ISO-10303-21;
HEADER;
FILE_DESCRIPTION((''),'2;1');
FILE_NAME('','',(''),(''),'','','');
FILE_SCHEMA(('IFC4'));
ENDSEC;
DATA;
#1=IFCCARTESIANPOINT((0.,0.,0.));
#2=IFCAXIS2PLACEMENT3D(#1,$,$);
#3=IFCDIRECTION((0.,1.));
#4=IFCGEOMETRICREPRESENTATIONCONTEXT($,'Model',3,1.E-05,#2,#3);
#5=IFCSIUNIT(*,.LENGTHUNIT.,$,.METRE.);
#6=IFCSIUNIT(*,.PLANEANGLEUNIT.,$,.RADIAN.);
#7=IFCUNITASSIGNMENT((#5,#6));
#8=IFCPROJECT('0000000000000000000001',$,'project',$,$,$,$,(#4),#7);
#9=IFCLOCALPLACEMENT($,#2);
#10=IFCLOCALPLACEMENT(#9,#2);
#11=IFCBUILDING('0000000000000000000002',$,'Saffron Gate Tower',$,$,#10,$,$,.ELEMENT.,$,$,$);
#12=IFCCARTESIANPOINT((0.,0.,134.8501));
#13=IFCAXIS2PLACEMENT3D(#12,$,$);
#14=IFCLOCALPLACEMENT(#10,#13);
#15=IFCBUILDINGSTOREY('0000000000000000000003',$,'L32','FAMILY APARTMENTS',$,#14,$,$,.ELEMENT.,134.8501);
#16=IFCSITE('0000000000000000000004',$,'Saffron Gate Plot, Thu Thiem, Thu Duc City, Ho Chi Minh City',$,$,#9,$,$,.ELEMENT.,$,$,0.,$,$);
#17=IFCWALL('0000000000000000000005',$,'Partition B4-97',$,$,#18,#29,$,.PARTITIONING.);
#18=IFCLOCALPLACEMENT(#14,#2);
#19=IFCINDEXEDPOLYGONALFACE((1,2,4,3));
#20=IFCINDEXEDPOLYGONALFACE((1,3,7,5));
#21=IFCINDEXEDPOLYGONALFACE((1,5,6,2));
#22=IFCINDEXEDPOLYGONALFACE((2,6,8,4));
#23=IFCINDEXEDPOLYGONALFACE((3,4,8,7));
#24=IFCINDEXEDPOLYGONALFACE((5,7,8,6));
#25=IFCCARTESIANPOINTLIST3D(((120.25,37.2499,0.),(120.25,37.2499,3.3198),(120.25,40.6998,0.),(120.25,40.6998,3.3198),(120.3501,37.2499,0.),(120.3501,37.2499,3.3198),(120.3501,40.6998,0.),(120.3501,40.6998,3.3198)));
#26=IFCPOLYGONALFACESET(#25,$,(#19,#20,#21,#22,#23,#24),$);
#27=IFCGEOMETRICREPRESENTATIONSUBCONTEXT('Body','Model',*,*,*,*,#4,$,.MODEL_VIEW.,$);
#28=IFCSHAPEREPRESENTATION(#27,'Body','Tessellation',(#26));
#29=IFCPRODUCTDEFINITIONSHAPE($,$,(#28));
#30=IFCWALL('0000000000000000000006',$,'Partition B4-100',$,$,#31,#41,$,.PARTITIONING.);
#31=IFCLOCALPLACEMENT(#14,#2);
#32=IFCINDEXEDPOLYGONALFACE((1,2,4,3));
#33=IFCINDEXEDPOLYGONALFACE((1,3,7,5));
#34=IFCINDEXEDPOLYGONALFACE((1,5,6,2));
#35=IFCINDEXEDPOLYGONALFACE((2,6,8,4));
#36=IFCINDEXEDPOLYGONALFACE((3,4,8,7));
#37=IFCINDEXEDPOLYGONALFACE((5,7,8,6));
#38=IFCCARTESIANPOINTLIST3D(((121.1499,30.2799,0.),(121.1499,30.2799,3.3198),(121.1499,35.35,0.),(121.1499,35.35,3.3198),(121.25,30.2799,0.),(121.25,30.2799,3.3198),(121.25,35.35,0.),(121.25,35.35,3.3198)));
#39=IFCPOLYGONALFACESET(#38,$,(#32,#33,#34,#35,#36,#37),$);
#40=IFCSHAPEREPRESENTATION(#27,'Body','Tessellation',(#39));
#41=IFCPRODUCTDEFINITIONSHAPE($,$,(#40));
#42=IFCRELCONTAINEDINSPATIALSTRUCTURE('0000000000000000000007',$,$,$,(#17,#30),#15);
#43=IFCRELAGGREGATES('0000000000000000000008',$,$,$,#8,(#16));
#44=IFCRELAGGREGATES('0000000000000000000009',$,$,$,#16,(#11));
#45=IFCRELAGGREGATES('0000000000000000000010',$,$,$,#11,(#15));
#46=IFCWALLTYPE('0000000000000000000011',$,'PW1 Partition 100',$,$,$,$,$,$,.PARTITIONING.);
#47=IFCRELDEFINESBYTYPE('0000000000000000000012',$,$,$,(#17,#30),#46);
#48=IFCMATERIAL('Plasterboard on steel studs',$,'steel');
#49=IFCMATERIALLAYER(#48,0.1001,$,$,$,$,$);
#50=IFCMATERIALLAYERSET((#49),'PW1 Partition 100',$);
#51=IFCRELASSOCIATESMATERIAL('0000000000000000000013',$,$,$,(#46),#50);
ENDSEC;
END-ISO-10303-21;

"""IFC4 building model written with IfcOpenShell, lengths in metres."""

from ifc_helpers import new_model, si_unit, direction, frame, frame_2d, origin, place, context, subcontext, project, spatial, rectangle, extrude, material, layer, layer_set, type_object, element, save


model = new_model("IFC4")

# Units and contexts
model_context = context("Model", 3, precision=1e-05, world=origin(), true_north=direction((0.0, 1.0)))
body_context = subcontext(model_context, "Body", "Model", "MODEL_VIEW")
ifc_project = project(units=[si_unit("LENGTHUNIT", "METRE"), si_unit("PLANEANGLEUNIT", "RADIAN")], contexts=[model_context])

# Site, building, storey
site_placement = place(None, origin())
site = spatial("IfcSite", under=ifc_project, at=site_placement, Name="Saffron Gate Plot, Thu Thiem, Thu Duc City, Ho Chi Minh City", CompositionType="ELEMENT", RefElevation=0.0)
building_placement = place(site_placement, origin())
building = spatial("IfcBuilding", under=site, at=building_placement, Name="Saffron Gate Tower", CompositionType="ELEMENT")
storey_placement = place(building_placement, frame((0.0, 0.0, 134.8501)))
storey = spatial("IfcBuildingStorey", under=building, at=storey_placement, Name="L32", Description="FAMILY APARTMENTS", CompositionType="ELEMENT", Elevation=134.8501)

# Shared definitions
ifc_material_1 = material(Name="Plasterboard on steel studs", Category="steel")
ifc_layer_1 = layer(ifc_material_1, 0.1001)
ifc_layer_set_1 = layer_set([ifc_layer_1], Name="PW1 Partition 100")
wall_type = type_object("IfcWallType", Name="PW1 Partition 100", PredefinedType="PARTITIONING", material=ifc_layer_set_1)

# Walls
wall_1_placement = place(storey_placement, frame((120.3, 40.7, 0.0), z_axis=(0.0, 0.0, 1.0), x_axis=(0.0, -1.0, 0.0)))
element("IfcWall", 1, at=wall_1_placement, inside=storey, type_object=wall_type, Name="Partition B4-97", PredefinedType="PARTITIONING", context=body_context, shape_type="SweptSolid", body=[
    extrude(rectangle(XDim=3.45, YDim=0.1001, at=frame_2d((1.7251, 0.0))), origin(), (0.0, 0.0, 1.0), 3.3198),
])
wall_2_placement = place(storey_placement, frame((121.2, 35.3501, 0.0), z_axis=(0.0, 0.0, 1.0), x_axis=(0.0, -1.0, 0.0)))
element("IfcWall", 2, at=wall_2_placement, inside=storey, type_object=wall_type, Name="Partition B4-100", PredefinedType="PARTITIONING", context=body_context, shape_type="SweptSolid", body=[
    extrude(rectangle(XDim=5.0701, YDim=0.1001, at=frame_2d((2.5352, 0.0))), origin(), (0.0, 0.0, 1.0), 3.3198),
])

save(model, "model.ifc")
